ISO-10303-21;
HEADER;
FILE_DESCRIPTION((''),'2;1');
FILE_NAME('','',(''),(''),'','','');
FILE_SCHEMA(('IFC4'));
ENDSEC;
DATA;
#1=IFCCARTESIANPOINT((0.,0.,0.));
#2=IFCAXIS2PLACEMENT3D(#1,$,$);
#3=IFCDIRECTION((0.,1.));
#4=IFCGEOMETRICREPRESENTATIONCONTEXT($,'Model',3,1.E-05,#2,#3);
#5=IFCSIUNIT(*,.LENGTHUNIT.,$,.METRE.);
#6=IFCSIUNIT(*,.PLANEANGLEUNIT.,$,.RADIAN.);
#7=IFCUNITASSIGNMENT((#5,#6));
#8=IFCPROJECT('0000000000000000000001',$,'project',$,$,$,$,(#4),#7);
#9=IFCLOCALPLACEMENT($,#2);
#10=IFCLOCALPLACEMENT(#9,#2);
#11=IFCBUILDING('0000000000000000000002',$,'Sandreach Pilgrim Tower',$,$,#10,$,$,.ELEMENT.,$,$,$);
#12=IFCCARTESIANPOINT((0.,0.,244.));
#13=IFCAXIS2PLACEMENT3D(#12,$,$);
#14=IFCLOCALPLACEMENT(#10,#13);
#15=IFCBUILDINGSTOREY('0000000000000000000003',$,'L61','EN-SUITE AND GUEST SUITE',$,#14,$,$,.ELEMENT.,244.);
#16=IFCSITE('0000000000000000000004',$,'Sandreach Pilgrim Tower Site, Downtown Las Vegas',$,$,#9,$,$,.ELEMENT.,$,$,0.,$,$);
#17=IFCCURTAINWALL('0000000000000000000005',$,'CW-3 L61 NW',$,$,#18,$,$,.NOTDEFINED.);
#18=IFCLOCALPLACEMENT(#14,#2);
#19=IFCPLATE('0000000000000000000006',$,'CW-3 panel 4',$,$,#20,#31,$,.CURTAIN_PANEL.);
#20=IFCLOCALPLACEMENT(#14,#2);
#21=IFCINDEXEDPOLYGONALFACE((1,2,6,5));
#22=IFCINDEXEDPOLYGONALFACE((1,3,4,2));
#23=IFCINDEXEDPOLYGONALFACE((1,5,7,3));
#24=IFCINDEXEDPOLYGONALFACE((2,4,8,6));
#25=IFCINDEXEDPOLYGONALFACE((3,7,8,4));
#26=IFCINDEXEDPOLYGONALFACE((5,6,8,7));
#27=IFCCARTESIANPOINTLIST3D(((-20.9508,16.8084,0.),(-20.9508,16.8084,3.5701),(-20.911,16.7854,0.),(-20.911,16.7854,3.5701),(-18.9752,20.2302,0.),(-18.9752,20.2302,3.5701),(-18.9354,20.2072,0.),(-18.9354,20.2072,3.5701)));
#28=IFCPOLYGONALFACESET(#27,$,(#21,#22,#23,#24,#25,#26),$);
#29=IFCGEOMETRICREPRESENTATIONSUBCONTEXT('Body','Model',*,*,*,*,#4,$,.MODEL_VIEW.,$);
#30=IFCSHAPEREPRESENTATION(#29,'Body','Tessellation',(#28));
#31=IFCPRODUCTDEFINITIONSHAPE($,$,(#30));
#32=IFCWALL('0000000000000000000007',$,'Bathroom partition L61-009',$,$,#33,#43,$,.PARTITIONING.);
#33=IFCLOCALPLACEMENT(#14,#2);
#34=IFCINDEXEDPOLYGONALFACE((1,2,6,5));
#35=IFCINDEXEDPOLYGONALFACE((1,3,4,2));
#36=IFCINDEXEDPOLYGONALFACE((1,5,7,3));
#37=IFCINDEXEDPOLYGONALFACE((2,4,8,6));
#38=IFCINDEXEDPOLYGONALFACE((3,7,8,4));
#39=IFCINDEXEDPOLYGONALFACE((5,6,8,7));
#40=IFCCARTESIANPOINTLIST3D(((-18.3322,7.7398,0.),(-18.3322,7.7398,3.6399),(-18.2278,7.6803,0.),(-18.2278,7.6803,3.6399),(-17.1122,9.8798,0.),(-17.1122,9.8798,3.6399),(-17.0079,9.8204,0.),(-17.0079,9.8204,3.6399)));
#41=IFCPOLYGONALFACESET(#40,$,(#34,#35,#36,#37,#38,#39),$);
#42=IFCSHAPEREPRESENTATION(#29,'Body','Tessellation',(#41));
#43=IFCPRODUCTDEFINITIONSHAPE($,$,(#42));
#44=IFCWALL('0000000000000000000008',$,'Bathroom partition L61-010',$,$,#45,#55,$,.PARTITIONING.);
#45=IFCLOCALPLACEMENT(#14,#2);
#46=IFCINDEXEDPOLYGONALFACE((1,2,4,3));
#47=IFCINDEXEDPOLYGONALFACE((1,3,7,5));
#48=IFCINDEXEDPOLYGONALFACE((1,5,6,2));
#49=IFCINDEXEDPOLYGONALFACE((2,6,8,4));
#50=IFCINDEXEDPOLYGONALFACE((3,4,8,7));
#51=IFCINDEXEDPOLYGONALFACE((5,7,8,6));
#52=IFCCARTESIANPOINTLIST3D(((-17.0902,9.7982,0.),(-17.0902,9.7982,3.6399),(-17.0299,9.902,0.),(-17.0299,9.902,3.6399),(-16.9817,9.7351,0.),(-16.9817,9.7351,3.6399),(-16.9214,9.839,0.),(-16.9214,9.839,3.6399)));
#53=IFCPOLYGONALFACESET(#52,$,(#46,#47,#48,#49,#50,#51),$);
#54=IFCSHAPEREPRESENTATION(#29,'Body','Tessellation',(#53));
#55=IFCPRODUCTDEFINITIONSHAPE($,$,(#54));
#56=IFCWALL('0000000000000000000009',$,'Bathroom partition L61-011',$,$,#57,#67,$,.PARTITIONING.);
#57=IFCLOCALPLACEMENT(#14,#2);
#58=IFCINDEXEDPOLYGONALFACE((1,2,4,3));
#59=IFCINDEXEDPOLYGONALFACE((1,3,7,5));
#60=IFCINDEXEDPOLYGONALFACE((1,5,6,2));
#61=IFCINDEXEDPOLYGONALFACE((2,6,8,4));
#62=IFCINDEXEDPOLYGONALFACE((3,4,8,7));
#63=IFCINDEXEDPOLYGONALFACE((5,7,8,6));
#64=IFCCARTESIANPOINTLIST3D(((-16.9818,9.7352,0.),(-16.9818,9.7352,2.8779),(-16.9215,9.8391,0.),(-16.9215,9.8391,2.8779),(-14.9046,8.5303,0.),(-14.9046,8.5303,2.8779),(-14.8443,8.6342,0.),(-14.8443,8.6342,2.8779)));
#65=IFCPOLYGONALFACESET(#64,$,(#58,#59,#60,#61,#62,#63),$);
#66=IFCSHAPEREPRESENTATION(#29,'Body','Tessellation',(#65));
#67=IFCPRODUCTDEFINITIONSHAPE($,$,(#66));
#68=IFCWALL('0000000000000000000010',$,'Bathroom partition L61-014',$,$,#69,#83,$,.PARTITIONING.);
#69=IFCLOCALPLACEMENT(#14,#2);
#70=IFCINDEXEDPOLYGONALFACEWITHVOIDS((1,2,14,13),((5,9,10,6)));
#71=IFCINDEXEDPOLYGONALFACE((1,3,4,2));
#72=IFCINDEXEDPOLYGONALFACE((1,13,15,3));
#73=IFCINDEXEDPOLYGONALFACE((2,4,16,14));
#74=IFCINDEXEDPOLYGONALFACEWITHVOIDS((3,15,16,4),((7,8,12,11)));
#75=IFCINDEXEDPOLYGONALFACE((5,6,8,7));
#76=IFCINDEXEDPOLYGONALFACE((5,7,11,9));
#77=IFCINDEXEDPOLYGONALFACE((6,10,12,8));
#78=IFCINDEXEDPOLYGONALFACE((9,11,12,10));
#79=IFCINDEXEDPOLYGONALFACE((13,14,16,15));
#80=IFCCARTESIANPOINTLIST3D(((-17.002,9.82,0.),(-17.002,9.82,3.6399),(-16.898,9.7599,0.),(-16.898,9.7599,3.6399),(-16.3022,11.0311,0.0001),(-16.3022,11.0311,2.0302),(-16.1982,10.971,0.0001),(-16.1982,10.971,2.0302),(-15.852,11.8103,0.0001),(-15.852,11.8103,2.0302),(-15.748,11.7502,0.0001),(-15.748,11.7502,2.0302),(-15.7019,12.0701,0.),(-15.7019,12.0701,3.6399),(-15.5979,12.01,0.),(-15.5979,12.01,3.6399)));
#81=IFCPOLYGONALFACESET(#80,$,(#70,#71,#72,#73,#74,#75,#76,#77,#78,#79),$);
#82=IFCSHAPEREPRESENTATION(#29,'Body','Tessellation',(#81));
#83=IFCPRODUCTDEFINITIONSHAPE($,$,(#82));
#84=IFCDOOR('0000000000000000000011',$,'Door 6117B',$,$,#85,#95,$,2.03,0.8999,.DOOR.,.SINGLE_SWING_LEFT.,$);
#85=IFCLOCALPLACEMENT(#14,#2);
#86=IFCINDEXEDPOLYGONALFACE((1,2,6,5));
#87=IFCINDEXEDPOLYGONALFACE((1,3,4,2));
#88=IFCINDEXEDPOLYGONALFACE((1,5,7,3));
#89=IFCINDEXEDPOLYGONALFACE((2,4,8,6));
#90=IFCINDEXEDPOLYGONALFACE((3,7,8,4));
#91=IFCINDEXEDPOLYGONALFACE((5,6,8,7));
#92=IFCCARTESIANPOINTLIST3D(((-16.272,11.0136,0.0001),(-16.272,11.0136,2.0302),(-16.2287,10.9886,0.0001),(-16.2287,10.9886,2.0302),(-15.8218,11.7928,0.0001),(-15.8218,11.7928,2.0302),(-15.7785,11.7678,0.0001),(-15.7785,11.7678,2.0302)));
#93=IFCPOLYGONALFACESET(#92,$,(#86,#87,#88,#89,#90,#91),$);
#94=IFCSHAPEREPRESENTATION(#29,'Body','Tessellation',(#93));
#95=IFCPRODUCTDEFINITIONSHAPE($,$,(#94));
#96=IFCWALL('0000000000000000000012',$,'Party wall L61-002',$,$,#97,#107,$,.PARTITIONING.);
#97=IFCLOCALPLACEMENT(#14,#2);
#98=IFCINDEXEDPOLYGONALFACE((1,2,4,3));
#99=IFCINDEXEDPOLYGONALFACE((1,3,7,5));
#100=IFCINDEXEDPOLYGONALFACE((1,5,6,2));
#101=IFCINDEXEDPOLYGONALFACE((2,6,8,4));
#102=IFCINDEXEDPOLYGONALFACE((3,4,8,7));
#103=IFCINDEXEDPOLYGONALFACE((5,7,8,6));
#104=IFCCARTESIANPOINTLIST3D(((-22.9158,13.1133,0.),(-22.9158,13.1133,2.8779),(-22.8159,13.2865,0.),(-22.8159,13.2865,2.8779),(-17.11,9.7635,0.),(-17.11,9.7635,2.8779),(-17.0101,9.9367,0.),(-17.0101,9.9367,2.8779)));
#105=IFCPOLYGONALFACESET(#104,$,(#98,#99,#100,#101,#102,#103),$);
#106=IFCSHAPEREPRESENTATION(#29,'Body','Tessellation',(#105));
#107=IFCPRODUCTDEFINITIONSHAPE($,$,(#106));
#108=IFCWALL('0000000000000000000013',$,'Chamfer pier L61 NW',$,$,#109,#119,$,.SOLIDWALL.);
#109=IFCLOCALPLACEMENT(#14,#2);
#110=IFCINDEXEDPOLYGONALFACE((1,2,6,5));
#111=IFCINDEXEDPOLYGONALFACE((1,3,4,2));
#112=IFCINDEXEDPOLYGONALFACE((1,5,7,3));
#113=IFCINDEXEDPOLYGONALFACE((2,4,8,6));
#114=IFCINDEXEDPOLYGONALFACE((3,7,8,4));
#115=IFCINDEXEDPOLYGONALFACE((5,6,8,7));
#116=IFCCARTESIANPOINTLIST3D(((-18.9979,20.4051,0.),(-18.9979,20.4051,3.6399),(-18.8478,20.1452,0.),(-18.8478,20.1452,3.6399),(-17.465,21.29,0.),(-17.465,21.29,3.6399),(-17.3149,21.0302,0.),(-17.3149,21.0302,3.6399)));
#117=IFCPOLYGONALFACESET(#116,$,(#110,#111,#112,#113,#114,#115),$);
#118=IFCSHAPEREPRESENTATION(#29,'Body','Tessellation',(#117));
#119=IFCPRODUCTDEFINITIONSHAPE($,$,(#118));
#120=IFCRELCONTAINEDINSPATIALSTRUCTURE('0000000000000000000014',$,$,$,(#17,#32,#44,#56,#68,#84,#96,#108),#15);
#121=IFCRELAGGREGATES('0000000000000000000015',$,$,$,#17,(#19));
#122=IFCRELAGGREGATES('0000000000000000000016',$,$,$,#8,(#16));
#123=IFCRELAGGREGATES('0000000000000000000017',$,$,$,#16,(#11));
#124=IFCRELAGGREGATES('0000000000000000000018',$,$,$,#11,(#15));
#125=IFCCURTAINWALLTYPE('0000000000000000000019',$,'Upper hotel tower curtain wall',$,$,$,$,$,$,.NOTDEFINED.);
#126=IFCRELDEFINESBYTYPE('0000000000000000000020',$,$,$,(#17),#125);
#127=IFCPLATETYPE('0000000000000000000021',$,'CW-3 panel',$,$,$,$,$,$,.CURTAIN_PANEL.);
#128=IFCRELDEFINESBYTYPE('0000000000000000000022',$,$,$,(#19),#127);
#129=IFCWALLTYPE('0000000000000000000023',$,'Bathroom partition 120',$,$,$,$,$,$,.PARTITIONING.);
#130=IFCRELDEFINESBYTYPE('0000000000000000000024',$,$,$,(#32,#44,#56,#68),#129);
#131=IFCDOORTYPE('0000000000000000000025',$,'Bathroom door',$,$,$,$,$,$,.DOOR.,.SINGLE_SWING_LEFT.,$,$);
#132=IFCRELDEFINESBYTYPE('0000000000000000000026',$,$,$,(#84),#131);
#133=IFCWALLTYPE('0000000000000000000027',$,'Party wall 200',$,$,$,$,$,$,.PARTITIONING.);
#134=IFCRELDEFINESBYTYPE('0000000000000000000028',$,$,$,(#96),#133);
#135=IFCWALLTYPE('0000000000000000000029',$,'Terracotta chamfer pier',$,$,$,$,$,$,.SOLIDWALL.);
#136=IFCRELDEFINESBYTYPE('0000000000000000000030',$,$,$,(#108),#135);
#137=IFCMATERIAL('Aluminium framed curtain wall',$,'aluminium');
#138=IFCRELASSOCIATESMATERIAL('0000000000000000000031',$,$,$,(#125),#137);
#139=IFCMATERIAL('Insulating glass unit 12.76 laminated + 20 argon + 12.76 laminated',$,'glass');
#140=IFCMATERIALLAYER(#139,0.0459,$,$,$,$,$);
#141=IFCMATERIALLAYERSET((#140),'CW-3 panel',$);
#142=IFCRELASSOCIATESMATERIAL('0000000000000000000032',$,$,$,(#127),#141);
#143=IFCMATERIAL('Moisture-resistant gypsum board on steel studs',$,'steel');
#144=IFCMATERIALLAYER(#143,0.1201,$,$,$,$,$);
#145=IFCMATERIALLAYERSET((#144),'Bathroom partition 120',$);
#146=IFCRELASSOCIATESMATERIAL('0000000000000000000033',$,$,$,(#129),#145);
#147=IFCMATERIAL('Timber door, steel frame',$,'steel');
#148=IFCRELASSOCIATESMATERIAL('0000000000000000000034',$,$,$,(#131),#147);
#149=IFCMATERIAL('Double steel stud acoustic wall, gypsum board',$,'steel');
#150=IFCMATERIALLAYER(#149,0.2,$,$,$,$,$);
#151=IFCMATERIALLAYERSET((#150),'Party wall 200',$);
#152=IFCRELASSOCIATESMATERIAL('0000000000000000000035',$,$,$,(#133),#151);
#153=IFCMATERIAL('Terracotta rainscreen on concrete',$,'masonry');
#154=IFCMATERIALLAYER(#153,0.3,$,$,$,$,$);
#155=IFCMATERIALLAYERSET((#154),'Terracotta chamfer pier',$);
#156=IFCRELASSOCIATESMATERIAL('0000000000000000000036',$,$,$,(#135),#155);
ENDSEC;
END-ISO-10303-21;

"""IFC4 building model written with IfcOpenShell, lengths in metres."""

from ifc_helpers import new_model, si_unit, direction, frame, frame_2d, origin, origin_2d, place, context, subcontext, project, spatial, rectangle, extrude, material, layer, layer_set, type_object, element, fill, aggregate, save


model = new_model("IFC4")

# Units and contexts
model_context = context("Model", 3, precision=1e-05, world=origin(), true_north=direction((0.0, 1.0)))
body_context = subcontext(model_context, "Body", "Model", "MODEL_VIEW")
ifc_project = project(units=[si_unit("LENGTHUNIT", "METRE"), si_unit("PLANEANGLEUNIT", "RADIAN")], contexts=[model_context])

# Site, building, storey
site_placement = place(None, origin())
site = spatial("IfcSite", under=ifc_project, at=site_placement, Name="Sandreach Pilgrim Tower Site, Downtown Las Vegas", CompositionType="ELEMENT", RefElevation=0.0)
building_placement = place(site_placement, origin())
building = spatial("IfcBuilding", under=site, at=building_placement, Name="Sandreach Pilgrim Tower", CompositionType="ELEMENT")
storey_placement = place(building_placement, frame((0.0, 0.0, 244.0)))
storey = spatial("IfcBuildingStorey", under=building, at=storey_placement, Name="L61", Description="EN-SUITE AND GUEST SUITE", CompositionType="ELEMENT", Elevation=244.0)

# Shared definitions
ifc_material_1 = material(Name="Aluminium framed curtain wall", Category="aluminium")
curtain_wall_type = type_object("IfcCurtainWallType", Name="Upper hotel tower curtain wall", PredefinedType="NOTDEFINED", material=ifc_material_1)

# Curtain wall
curtain_wall_1_placement = place(storey_placement, origin())
curtain_wall_1 = element("IfcCurtainWall", 1, at=curtain_wall_1_placement, inside=storey, type_object=curtain_wall_type, Name="CW-3 L61 NW", PredefinedType="NOTDEFINED")

# Plate
ifc_material_2 = material(Name="Insulating glass unit 12.76 laminated + 20 argon + 12.76 laminated", Category="glass")
ifc_layer_1 = layer(ifc_material_2, 0.0459)
ifc_layer_set_1 = layer_set([ifc_layer_1], Name="CW-3 panel")
plate_type = type_object("IfcPlateType", Name="CW-3 panel", PredefinedType="CURTAIN_PANEL", material=ifc_layer_set_1)
plate_1_placement = place(storey_placement, frame((-19.9431, 18.5078, 0.0), z_axis=(0.0, 0.0, 1.0), x_axis=(0.5, 0.866025, 0.0)))
plate_1 = element("IfcPlate", 2, at=plate_1_placement, type_object=plate_type, Name="CW-3 panel 4", PredefinedType="CURTAIN_PANEL", context=body_context, shape_type="SweptSolid", body=[
    extrude(rectangle(XDim=3.9512, YDim=0.0459, at=origin_2d()), origin(), (0.0, 0.0, 1.0), 3.5701),
])
aggregate(curtain_wall_1, [plate_1])

# Walls
ifc_material_3 = material(Name="Moisture-resistant gypsum board on steel studs", Category="steel")
ifc_layer_2 = layer(ifc_material_3, 0.1201)
ifc_layer_set_2 = layer_set([ifc_layer_2], Name="Bathroom partition 120")
wall_type_1 = type_object("IfcWallType", Name="Bathroom partition 120", PredefinedType="PARTITIONING", material=ifc_layer_set_2)
wall_1_placement = place(storey_placement, frame((-17.0601, 9.8501, 0.0), z_axis=(0.0, 0.0, 1.0), x_axis=(-0.495231, -0.868761, 0.0)))
element("IfcWall", 3, at=wall_1_placement, inside=storey, type_object=wall_type_1, Name="Bathroom partition L61-009", PredefinedType="PARTITIONING", context=body_context, shape_type="SweptSolid", body=[
    extrude(rectangle(XDim=2.4634, YDim=0.1201, at=frame_2d((1.2317, 0.0))), origin(), (0.0, 0.0, 1.0), 3.6399),
])
wall_2_placement = place(storey_placement, frame((-17.0601, 9.8501, 0.0), z_axis=(0.0, 0.0, 1.0), x_axis=(0.864625, -0.502417, 0.0)))
element("IfcWall", 4, at=wall_2_placement, inside=storey, type_object=wall_type_1, Name="Bathroom partition L61-010", PredefinedType="PARTITIONING", context=body_context, shape_type="SweptSolid", body=[
    extrude(rectangle(XDim=0.1255, YDim=0.1201, at=frame_2d((0.0627, 0.0))), origin(), (0.0, 0.0, 1.0), 3.6399),
])
wall_3_placement = place(storey_placement, frame((-16.9517, 9.7871, 0.0), z_axis=(0.0, 0.0, 1.0), x_axis=(0.865015, -0.501745, 0.0)))
element("IfcWall", 5, at=wall_3_placement, inside=storey, type_object=wall_type_1, Name="Bathroom partition L61-011", PredefinedType="PARTITIONING", context=body_context, shape_type="SweptSolid", body=[
    extrude(rectangle(XDim=2.4014, YDim=0.1201, at=frame_2d((1.2007, 0.0))), origin(), (0.0, 0.0, 1.0), 2.8779),
])

# Wall, opening, door
wall_4_placement = place(storey_placement, frame((-15.6499, 12.04, 0.0), z_axis=(0.0, 0.0, 1.0), x_axis=(-0.500292, -0.865857, 0.0)))
wall_4 = element("IfcWall", 6, at=wall_4_placement, inside=storey, type_object=wall_type_1, Name="Bathroom partition L61-014", PredefinedType="PARTITIONING", context=body_context, shape_type="SweptSolid", body=[
    extrude(rectangle(XDim=2.5986, YDim=0.1201, at=frame_2d((1.2993, 0.0))), origin(), (0.0, 0.0, 1.0), 3.6399),
])
opening_placement = place(wall_4_placement, frame((0.3, 0.0, 0.0)))
opening = element("IfcOpeningElement", 7, at=opening_placement, cuts=wall_4, PredefinedType="OPENING", context=body_context, shape_type="SweptSolid", body=[
    extrude(rectangle(XDim=0.8999, YDim=2.03, at=frame_2d((0.45, 1.0151))), frame((0.0, 0.0601, 0.0), z_axis=(0.0, -1.0, 0.0), x_axis=(1.0, 0.0, 0.0)), (0.0, 0.0, 1.0), 0.1201),
])
ifc_material_4 = material(Name="Timber door, steel frame", Category="steel")
door_type = type_object("IfcDoorType", Name="Bathroom door", OperationType="SINGLE_SWING_LEFT", PredefinedType="DOOR", material=ifc_material_4)
door_placement = place(opening_placement, origin())
door = element("IfcDoor", 8, at=door_placement, inside=storey, type_object=door_type, Name="Door 6117B", OperationType="SINGLE_SWING_LEFT", OverallHeight=2.03, OverallWidth=0.8999, PredefinedType="DOOR", context=body_context, shape_type="SweptSolid", body=[
    extrude(rectangle(XDim=0.8999, YDim=2.03, at=frame_2d((0.45, 1.0151))), frame((0.0, 0.0249, 0.0), z_axis=(0.0, -1.0, 0.0), x_axis=(1.0, 0.0, 0.0)), (0.0, 0.0, 1.0), 0.05),
])
fill(opening, door)

# Walls
ifc_material_5 = material(Name="Double steel stud acoustic wall, gypsum board", Category="steel")
ifc_layer_3 = layer(ifc_material_5, 0.2)
ifc_layer_set_3 = layer_set([ifc_layer_3], Name="Party wall 200")
wall_type_2 = type_object("IfcWallType", Name="Party wall 200", PredefinedType="PARTITIONING", material=ifc_layer_set_3)
wall_5_placement = place(storey_placement, frame((-22.866, 13.2, 0.0), z_axis=(0.0, 0.0, 1.0), x_axis=(0.866167, -0.499755, 0.0)))
element("IfcWall", 9, at=wall_5_placement, inside=storey, type_object=wall_type_2, Name="Party wall L61-002", PredefinedType="PARTITIONING", context=body_context, shape_type="SweptSolid", body=[
    extrude(rectangle(XDim=6.7029, YDim=0.2, at=frame_2d((3.3516, 0.0))), origin(), (0.0, 0.0, 1.0), 2.8779),
])
ifc_material_6 = material(Name="Terracotta rainscreen on concrete", Category="masonry")
ifc_layer_4 = layer(ifc_material_6, 0.3)
ifc_layer_set_4 = layer_set([ifc_layer_4], Name="Terracotta chamfer pier")
wall_type_3 = type_object("IfcWallType", Name="Terracotta chamfer pier", PredefinedType="SOLIDWALL", material=ifc_layer_set_4)
wall_6_placement = place(storey_placement, frame((-18.9229, 20.2751, 0.0), z_axis=(0.0, 0.0, 1.0), x_axis=(0.866036, 0.499981, 0.0)))
element("IfcWall", 10, at=wall_6_placement, inside=storey, type_object=wall_type_3, Name="Chamfer pier L61 NW", PredefinedType="SOLIDWALL", context=body_context, shape_type="SweptSolid", body=[
    extrude(rectangle(XDim=1.77, YDim=0.3, at=frame_2d((0.885, 0.0))), origin(), (0.0, 0.0, 1.0), 3.6399),
])

save(model, "model.ifc")
